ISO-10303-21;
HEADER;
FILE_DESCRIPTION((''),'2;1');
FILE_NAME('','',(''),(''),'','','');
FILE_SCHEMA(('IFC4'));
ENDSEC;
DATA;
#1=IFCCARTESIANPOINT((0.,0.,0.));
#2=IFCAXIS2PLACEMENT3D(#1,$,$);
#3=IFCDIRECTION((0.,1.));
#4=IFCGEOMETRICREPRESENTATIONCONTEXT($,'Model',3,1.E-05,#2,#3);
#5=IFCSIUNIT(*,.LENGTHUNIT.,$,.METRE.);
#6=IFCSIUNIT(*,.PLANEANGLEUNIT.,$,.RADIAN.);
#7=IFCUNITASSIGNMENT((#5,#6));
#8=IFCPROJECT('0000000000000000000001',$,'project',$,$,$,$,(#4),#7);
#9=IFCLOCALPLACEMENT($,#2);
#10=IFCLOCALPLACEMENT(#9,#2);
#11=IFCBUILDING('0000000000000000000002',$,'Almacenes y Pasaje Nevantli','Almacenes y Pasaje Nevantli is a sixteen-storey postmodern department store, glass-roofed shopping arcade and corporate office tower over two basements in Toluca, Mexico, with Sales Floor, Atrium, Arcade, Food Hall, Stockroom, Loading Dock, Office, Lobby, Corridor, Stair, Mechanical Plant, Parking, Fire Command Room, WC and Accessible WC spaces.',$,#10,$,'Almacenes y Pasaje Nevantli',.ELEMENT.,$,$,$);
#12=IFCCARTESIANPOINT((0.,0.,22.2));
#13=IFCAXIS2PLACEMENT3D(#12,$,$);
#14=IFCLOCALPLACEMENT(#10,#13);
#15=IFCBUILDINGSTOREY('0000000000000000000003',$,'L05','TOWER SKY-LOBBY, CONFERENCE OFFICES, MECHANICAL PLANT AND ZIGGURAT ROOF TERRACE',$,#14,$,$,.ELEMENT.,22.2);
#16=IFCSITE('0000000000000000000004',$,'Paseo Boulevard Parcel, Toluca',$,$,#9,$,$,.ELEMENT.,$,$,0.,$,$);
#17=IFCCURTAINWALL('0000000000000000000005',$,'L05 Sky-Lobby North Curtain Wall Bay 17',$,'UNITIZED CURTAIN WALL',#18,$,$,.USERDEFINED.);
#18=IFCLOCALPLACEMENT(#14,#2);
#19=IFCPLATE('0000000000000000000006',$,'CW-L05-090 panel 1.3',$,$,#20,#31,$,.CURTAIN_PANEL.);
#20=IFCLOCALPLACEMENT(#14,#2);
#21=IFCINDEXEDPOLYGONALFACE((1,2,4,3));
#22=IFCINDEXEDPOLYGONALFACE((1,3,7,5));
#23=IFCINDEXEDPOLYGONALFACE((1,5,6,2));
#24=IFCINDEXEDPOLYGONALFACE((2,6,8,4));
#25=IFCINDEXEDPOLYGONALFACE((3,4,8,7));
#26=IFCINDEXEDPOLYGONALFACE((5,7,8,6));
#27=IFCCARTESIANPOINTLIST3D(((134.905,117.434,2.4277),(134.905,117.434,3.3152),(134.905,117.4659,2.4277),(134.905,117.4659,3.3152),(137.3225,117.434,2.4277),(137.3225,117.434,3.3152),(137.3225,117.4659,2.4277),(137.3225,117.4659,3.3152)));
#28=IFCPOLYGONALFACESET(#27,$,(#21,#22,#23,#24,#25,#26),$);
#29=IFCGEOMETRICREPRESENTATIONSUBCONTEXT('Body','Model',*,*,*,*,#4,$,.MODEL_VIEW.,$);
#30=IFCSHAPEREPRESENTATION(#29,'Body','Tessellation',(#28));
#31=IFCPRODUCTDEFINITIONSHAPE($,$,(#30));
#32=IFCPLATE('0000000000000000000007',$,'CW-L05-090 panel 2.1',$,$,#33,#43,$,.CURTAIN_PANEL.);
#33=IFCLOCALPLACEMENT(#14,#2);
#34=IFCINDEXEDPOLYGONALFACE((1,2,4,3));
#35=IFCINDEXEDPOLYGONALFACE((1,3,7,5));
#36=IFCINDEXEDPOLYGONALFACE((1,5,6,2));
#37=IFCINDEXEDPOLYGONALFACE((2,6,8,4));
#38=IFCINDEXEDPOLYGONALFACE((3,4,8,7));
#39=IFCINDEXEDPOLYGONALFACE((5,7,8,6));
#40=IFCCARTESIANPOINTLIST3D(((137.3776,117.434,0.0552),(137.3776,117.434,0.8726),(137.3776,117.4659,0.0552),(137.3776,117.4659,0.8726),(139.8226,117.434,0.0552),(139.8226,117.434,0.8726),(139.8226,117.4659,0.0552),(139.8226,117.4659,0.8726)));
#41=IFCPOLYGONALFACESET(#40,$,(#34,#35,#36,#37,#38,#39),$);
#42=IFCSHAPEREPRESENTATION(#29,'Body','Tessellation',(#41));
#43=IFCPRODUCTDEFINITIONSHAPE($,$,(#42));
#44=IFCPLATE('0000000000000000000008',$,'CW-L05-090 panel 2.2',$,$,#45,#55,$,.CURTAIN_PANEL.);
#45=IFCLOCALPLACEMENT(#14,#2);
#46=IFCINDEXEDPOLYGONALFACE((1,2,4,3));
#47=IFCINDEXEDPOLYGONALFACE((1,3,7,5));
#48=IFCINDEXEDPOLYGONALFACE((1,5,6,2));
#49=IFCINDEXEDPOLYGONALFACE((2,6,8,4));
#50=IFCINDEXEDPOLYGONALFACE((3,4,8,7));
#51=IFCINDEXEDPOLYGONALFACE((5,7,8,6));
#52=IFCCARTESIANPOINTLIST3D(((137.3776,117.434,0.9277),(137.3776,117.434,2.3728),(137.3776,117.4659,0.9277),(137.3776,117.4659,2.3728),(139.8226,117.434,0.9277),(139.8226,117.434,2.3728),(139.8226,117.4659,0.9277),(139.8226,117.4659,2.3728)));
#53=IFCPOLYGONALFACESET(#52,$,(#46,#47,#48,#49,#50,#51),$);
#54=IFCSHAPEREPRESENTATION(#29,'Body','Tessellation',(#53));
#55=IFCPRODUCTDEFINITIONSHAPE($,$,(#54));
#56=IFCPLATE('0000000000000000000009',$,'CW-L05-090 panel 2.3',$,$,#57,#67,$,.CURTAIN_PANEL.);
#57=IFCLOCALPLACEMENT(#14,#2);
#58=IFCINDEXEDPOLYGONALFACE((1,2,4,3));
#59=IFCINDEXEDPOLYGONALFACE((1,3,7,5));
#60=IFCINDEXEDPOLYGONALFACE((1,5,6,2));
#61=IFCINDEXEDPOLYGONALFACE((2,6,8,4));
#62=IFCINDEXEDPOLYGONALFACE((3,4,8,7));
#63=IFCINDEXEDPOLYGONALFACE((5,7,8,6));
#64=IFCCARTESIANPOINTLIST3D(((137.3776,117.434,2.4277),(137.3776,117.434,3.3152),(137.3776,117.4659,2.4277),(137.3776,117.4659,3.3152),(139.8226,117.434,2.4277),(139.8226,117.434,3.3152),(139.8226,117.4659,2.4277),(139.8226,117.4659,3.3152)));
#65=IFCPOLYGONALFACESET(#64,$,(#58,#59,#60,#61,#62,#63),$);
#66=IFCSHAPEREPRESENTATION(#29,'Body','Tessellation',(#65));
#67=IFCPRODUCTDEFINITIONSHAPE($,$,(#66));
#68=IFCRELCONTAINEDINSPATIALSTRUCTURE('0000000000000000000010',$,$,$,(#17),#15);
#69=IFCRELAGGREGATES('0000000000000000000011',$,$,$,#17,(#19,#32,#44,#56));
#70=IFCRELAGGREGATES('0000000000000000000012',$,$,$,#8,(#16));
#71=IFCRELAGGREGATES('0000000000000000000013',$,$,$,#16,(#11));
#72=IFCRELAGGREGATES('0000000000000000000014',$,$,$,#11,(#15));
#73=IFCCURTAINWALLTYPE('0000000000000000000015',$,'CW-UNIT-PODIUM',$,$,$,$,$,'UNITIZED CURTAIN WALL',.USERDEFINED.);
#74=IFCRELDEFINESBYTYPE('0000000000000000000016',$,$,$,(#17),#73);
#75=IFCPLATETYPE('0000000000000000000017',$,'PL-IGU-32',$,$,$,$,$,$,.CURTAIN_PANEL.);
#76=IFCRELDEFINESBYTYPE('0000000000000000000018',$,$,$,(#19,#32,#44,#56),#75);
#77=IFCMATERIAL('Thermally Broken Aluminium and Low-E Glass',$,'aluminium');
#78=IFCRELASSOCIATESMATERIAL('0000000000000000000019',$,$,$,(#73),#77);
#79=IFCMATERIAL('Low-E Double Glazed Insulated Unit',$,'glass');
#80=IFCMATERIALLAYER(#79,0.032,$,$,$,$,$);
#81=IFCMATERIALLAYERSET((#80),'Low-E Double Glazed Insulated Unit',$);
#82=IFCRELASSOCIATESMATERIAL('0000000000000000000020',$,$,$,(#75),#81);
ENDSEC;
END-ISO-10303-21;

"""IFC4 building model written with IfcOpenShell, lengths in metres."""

from ifc_helpers import new_model, si_unit, direction, frame, origin, origin_2d, place, context, subcontext, project, spatial, rectangle, extrude, material, layer, layer_set, type_object, element, aggregate, save


model = new_model("IFC4")

# Units and contexts
model_context = context("Model", 3, precision=1e-05, world=origin(), true_north=direction((0.0, 1.0)))
body_context = subcontext(model_context, "Body", "Model", "MODEL_VIEW")
ifc_project = project(units=[si_unit("LENGTHUNIT", "METRE"), si_unit("PLANEANGLEUNIT", "RADIAN")], contexts=[model_context])

# Site, building, storey
site_placement = place(None, origin())
site = spatial("IfcSite", under=ifc_project, at=site_placement, Name="Paseo Boulevard Parcel, Toluca", CompositionType="ELEMENT", RefElevation=0.0)
building_placement = place(site_placement, origin())
building = spatial("IfcBuilding", under=site, at=building_placement, Name="Almacenes y Pasaje Nevantli", Description="Almacenes y Pasaje Nevantli is a sixteen-storey postmodern department store, glass-roofed shopping arcade and corporate office tower over two basements in Toluca, Mexico, with Sales Floor, Atrium, Arcade, Food Hall, Stockroom, Loading Dock, Office, Lobby, Corridor, Stair, Mechanical Plant, Parking, Fire Command Room, WC and Accessible WC spaces.", LongName="Almacenes y Pasaje Nevantli", CompositionType="ELEMENT")
storey_placement = place(building_placement, frame((0.0, 0.0, 22.2)))
storey = spatial("IfcBuildingStorey", under=building, at=storey_placement, Name="L05", Description="TOWER SKY-LOBBY, CONFERENCE OFFICES, MECHANICAL PLANT AND ZIGGURAT ROOF TERRACE", CompositionType="ELEMENT", Elevation=22.2)

# Curtain wall
ifc_material_1 = material(Name="Thermally Broken Aluminium and Low-E Glass", Category="aluminium")
curtain_wall_type = type_object("IfcCurtainWallType", Name="CW-UNIT-PODIUM", ElementType="UNITIZED CURTAIN WALL", PredefinedType="USERDEFINED", material=ifc_material_1)
curtain_wall_1_placement = place(storey_placement, origin())
curtain_wall_1 = element("IfcCurtainWall", 1, at=curtain_wall_1_placement, inside=storey, type_object=curtain_wall_type, Name="L05 Sky-Lobby North Curtain Wall Bay 17", ObjectType="UNITIZED CURTAIN WALL", PredefinedType="USERDEFINED")

# Plates
ifc_material_2 = material(Name="Low-E Double Glazed Insulated Unit", Category="glass")
ifc_layer = layer(ifc_material_2, 0.032)
ifc_layer_set = layer_set([ifc_layer], Name="Low-E Double Glazed Insulated Unit")
plate_type = type_object("IfcPlateType", Name="PL-IGU-32", PredefinedType="CURTAIN_PANEL", material=ifc_layer_set)
plate_1_placement = place(storey_placement, frame((136.1138, 117.45, 2.4277), z_axis=(0.0, 0.0, 1.0), x_axis=(1.0, 0.0, 0.0)))
plate_1 = element("IfcPlate", 2, at=plate_1_placement, type_object=plate_type, Name="CW-L05-090 panel 1.3", PredefinedType="CURTAIN_PANEL", context=body_context, shape_type="SweptSolid", body=[
    extrude(rectangle(XDim=2.4175, YDim=0.032, at=origin_2d()), origin(), (0.0, 0.0, 1.0), 0.8875),
])
plate_2_placement = place(storey_placement, frame((138.6001, 117.45, 0.0552), z_axis=(0.0, 0.0, 1.0), x_axis=(1.0, 0.0, 0.0)))
plate_2 = element("IfcPlate", 3, at=plate_2_placement, type_object=plate_type, Name="CW-L05-090 panel 2.1", PredefinedType="CURTAIN_PANEL", context=body_context, shape_type="SweptSolid", body=[
    extrude(rectangle(XDim=2.4451, YDim=0.032, at=origin_2d()), origin(), (0.0, 0.0, 1.0), 0.8174),
])
plate_3_placement = place(storey_placement, frame((138.6001, 117.45, 0.9277), z_axis=(0.0, 0.0, 1.0), x_axis=(1.0, 0.0, 0.0)))
plate_3 = element("IfcPlate", 4, at=plate_3_placement, type_object=plate_type, Name="CW-L05-090 panel 2.2", PredefinedType="CURTAIN_PANEL", context=body_context, shape_type="SweptSolid", body=[
    extrude(rectangle(XDim=2.4451, YDim=0.032, at=origin_2d()), origin(), (0.0, 0.0, 1.0), 1.4451),
])
plate_4_placement = place(storey_placement, frame((138.6001, 117.45, 2.4277), z_axis=(0.0, 0.0, 1.0), x_axis=(1.0, 0.0, 0.0)))
plate_4 = element("IfcPlate", 5, at=plate_4_placement, type_object=plate_type, Name="CW-L05-090 panel 2.3", PredefinedType="CURTAIN_PANEL", context=body_context, shape_type="SweptSolid", body=[
    extrude(rectangle(XDim=2.4451, YDim=0.032, at=origin_2d()), origin(), (0.0, 0.0, 1.0), 0.8875),
])
aggregate(curtain_wall_1, [plate_1, plate_2, plate_3, plate_4])

save(model, "model.ifc")
